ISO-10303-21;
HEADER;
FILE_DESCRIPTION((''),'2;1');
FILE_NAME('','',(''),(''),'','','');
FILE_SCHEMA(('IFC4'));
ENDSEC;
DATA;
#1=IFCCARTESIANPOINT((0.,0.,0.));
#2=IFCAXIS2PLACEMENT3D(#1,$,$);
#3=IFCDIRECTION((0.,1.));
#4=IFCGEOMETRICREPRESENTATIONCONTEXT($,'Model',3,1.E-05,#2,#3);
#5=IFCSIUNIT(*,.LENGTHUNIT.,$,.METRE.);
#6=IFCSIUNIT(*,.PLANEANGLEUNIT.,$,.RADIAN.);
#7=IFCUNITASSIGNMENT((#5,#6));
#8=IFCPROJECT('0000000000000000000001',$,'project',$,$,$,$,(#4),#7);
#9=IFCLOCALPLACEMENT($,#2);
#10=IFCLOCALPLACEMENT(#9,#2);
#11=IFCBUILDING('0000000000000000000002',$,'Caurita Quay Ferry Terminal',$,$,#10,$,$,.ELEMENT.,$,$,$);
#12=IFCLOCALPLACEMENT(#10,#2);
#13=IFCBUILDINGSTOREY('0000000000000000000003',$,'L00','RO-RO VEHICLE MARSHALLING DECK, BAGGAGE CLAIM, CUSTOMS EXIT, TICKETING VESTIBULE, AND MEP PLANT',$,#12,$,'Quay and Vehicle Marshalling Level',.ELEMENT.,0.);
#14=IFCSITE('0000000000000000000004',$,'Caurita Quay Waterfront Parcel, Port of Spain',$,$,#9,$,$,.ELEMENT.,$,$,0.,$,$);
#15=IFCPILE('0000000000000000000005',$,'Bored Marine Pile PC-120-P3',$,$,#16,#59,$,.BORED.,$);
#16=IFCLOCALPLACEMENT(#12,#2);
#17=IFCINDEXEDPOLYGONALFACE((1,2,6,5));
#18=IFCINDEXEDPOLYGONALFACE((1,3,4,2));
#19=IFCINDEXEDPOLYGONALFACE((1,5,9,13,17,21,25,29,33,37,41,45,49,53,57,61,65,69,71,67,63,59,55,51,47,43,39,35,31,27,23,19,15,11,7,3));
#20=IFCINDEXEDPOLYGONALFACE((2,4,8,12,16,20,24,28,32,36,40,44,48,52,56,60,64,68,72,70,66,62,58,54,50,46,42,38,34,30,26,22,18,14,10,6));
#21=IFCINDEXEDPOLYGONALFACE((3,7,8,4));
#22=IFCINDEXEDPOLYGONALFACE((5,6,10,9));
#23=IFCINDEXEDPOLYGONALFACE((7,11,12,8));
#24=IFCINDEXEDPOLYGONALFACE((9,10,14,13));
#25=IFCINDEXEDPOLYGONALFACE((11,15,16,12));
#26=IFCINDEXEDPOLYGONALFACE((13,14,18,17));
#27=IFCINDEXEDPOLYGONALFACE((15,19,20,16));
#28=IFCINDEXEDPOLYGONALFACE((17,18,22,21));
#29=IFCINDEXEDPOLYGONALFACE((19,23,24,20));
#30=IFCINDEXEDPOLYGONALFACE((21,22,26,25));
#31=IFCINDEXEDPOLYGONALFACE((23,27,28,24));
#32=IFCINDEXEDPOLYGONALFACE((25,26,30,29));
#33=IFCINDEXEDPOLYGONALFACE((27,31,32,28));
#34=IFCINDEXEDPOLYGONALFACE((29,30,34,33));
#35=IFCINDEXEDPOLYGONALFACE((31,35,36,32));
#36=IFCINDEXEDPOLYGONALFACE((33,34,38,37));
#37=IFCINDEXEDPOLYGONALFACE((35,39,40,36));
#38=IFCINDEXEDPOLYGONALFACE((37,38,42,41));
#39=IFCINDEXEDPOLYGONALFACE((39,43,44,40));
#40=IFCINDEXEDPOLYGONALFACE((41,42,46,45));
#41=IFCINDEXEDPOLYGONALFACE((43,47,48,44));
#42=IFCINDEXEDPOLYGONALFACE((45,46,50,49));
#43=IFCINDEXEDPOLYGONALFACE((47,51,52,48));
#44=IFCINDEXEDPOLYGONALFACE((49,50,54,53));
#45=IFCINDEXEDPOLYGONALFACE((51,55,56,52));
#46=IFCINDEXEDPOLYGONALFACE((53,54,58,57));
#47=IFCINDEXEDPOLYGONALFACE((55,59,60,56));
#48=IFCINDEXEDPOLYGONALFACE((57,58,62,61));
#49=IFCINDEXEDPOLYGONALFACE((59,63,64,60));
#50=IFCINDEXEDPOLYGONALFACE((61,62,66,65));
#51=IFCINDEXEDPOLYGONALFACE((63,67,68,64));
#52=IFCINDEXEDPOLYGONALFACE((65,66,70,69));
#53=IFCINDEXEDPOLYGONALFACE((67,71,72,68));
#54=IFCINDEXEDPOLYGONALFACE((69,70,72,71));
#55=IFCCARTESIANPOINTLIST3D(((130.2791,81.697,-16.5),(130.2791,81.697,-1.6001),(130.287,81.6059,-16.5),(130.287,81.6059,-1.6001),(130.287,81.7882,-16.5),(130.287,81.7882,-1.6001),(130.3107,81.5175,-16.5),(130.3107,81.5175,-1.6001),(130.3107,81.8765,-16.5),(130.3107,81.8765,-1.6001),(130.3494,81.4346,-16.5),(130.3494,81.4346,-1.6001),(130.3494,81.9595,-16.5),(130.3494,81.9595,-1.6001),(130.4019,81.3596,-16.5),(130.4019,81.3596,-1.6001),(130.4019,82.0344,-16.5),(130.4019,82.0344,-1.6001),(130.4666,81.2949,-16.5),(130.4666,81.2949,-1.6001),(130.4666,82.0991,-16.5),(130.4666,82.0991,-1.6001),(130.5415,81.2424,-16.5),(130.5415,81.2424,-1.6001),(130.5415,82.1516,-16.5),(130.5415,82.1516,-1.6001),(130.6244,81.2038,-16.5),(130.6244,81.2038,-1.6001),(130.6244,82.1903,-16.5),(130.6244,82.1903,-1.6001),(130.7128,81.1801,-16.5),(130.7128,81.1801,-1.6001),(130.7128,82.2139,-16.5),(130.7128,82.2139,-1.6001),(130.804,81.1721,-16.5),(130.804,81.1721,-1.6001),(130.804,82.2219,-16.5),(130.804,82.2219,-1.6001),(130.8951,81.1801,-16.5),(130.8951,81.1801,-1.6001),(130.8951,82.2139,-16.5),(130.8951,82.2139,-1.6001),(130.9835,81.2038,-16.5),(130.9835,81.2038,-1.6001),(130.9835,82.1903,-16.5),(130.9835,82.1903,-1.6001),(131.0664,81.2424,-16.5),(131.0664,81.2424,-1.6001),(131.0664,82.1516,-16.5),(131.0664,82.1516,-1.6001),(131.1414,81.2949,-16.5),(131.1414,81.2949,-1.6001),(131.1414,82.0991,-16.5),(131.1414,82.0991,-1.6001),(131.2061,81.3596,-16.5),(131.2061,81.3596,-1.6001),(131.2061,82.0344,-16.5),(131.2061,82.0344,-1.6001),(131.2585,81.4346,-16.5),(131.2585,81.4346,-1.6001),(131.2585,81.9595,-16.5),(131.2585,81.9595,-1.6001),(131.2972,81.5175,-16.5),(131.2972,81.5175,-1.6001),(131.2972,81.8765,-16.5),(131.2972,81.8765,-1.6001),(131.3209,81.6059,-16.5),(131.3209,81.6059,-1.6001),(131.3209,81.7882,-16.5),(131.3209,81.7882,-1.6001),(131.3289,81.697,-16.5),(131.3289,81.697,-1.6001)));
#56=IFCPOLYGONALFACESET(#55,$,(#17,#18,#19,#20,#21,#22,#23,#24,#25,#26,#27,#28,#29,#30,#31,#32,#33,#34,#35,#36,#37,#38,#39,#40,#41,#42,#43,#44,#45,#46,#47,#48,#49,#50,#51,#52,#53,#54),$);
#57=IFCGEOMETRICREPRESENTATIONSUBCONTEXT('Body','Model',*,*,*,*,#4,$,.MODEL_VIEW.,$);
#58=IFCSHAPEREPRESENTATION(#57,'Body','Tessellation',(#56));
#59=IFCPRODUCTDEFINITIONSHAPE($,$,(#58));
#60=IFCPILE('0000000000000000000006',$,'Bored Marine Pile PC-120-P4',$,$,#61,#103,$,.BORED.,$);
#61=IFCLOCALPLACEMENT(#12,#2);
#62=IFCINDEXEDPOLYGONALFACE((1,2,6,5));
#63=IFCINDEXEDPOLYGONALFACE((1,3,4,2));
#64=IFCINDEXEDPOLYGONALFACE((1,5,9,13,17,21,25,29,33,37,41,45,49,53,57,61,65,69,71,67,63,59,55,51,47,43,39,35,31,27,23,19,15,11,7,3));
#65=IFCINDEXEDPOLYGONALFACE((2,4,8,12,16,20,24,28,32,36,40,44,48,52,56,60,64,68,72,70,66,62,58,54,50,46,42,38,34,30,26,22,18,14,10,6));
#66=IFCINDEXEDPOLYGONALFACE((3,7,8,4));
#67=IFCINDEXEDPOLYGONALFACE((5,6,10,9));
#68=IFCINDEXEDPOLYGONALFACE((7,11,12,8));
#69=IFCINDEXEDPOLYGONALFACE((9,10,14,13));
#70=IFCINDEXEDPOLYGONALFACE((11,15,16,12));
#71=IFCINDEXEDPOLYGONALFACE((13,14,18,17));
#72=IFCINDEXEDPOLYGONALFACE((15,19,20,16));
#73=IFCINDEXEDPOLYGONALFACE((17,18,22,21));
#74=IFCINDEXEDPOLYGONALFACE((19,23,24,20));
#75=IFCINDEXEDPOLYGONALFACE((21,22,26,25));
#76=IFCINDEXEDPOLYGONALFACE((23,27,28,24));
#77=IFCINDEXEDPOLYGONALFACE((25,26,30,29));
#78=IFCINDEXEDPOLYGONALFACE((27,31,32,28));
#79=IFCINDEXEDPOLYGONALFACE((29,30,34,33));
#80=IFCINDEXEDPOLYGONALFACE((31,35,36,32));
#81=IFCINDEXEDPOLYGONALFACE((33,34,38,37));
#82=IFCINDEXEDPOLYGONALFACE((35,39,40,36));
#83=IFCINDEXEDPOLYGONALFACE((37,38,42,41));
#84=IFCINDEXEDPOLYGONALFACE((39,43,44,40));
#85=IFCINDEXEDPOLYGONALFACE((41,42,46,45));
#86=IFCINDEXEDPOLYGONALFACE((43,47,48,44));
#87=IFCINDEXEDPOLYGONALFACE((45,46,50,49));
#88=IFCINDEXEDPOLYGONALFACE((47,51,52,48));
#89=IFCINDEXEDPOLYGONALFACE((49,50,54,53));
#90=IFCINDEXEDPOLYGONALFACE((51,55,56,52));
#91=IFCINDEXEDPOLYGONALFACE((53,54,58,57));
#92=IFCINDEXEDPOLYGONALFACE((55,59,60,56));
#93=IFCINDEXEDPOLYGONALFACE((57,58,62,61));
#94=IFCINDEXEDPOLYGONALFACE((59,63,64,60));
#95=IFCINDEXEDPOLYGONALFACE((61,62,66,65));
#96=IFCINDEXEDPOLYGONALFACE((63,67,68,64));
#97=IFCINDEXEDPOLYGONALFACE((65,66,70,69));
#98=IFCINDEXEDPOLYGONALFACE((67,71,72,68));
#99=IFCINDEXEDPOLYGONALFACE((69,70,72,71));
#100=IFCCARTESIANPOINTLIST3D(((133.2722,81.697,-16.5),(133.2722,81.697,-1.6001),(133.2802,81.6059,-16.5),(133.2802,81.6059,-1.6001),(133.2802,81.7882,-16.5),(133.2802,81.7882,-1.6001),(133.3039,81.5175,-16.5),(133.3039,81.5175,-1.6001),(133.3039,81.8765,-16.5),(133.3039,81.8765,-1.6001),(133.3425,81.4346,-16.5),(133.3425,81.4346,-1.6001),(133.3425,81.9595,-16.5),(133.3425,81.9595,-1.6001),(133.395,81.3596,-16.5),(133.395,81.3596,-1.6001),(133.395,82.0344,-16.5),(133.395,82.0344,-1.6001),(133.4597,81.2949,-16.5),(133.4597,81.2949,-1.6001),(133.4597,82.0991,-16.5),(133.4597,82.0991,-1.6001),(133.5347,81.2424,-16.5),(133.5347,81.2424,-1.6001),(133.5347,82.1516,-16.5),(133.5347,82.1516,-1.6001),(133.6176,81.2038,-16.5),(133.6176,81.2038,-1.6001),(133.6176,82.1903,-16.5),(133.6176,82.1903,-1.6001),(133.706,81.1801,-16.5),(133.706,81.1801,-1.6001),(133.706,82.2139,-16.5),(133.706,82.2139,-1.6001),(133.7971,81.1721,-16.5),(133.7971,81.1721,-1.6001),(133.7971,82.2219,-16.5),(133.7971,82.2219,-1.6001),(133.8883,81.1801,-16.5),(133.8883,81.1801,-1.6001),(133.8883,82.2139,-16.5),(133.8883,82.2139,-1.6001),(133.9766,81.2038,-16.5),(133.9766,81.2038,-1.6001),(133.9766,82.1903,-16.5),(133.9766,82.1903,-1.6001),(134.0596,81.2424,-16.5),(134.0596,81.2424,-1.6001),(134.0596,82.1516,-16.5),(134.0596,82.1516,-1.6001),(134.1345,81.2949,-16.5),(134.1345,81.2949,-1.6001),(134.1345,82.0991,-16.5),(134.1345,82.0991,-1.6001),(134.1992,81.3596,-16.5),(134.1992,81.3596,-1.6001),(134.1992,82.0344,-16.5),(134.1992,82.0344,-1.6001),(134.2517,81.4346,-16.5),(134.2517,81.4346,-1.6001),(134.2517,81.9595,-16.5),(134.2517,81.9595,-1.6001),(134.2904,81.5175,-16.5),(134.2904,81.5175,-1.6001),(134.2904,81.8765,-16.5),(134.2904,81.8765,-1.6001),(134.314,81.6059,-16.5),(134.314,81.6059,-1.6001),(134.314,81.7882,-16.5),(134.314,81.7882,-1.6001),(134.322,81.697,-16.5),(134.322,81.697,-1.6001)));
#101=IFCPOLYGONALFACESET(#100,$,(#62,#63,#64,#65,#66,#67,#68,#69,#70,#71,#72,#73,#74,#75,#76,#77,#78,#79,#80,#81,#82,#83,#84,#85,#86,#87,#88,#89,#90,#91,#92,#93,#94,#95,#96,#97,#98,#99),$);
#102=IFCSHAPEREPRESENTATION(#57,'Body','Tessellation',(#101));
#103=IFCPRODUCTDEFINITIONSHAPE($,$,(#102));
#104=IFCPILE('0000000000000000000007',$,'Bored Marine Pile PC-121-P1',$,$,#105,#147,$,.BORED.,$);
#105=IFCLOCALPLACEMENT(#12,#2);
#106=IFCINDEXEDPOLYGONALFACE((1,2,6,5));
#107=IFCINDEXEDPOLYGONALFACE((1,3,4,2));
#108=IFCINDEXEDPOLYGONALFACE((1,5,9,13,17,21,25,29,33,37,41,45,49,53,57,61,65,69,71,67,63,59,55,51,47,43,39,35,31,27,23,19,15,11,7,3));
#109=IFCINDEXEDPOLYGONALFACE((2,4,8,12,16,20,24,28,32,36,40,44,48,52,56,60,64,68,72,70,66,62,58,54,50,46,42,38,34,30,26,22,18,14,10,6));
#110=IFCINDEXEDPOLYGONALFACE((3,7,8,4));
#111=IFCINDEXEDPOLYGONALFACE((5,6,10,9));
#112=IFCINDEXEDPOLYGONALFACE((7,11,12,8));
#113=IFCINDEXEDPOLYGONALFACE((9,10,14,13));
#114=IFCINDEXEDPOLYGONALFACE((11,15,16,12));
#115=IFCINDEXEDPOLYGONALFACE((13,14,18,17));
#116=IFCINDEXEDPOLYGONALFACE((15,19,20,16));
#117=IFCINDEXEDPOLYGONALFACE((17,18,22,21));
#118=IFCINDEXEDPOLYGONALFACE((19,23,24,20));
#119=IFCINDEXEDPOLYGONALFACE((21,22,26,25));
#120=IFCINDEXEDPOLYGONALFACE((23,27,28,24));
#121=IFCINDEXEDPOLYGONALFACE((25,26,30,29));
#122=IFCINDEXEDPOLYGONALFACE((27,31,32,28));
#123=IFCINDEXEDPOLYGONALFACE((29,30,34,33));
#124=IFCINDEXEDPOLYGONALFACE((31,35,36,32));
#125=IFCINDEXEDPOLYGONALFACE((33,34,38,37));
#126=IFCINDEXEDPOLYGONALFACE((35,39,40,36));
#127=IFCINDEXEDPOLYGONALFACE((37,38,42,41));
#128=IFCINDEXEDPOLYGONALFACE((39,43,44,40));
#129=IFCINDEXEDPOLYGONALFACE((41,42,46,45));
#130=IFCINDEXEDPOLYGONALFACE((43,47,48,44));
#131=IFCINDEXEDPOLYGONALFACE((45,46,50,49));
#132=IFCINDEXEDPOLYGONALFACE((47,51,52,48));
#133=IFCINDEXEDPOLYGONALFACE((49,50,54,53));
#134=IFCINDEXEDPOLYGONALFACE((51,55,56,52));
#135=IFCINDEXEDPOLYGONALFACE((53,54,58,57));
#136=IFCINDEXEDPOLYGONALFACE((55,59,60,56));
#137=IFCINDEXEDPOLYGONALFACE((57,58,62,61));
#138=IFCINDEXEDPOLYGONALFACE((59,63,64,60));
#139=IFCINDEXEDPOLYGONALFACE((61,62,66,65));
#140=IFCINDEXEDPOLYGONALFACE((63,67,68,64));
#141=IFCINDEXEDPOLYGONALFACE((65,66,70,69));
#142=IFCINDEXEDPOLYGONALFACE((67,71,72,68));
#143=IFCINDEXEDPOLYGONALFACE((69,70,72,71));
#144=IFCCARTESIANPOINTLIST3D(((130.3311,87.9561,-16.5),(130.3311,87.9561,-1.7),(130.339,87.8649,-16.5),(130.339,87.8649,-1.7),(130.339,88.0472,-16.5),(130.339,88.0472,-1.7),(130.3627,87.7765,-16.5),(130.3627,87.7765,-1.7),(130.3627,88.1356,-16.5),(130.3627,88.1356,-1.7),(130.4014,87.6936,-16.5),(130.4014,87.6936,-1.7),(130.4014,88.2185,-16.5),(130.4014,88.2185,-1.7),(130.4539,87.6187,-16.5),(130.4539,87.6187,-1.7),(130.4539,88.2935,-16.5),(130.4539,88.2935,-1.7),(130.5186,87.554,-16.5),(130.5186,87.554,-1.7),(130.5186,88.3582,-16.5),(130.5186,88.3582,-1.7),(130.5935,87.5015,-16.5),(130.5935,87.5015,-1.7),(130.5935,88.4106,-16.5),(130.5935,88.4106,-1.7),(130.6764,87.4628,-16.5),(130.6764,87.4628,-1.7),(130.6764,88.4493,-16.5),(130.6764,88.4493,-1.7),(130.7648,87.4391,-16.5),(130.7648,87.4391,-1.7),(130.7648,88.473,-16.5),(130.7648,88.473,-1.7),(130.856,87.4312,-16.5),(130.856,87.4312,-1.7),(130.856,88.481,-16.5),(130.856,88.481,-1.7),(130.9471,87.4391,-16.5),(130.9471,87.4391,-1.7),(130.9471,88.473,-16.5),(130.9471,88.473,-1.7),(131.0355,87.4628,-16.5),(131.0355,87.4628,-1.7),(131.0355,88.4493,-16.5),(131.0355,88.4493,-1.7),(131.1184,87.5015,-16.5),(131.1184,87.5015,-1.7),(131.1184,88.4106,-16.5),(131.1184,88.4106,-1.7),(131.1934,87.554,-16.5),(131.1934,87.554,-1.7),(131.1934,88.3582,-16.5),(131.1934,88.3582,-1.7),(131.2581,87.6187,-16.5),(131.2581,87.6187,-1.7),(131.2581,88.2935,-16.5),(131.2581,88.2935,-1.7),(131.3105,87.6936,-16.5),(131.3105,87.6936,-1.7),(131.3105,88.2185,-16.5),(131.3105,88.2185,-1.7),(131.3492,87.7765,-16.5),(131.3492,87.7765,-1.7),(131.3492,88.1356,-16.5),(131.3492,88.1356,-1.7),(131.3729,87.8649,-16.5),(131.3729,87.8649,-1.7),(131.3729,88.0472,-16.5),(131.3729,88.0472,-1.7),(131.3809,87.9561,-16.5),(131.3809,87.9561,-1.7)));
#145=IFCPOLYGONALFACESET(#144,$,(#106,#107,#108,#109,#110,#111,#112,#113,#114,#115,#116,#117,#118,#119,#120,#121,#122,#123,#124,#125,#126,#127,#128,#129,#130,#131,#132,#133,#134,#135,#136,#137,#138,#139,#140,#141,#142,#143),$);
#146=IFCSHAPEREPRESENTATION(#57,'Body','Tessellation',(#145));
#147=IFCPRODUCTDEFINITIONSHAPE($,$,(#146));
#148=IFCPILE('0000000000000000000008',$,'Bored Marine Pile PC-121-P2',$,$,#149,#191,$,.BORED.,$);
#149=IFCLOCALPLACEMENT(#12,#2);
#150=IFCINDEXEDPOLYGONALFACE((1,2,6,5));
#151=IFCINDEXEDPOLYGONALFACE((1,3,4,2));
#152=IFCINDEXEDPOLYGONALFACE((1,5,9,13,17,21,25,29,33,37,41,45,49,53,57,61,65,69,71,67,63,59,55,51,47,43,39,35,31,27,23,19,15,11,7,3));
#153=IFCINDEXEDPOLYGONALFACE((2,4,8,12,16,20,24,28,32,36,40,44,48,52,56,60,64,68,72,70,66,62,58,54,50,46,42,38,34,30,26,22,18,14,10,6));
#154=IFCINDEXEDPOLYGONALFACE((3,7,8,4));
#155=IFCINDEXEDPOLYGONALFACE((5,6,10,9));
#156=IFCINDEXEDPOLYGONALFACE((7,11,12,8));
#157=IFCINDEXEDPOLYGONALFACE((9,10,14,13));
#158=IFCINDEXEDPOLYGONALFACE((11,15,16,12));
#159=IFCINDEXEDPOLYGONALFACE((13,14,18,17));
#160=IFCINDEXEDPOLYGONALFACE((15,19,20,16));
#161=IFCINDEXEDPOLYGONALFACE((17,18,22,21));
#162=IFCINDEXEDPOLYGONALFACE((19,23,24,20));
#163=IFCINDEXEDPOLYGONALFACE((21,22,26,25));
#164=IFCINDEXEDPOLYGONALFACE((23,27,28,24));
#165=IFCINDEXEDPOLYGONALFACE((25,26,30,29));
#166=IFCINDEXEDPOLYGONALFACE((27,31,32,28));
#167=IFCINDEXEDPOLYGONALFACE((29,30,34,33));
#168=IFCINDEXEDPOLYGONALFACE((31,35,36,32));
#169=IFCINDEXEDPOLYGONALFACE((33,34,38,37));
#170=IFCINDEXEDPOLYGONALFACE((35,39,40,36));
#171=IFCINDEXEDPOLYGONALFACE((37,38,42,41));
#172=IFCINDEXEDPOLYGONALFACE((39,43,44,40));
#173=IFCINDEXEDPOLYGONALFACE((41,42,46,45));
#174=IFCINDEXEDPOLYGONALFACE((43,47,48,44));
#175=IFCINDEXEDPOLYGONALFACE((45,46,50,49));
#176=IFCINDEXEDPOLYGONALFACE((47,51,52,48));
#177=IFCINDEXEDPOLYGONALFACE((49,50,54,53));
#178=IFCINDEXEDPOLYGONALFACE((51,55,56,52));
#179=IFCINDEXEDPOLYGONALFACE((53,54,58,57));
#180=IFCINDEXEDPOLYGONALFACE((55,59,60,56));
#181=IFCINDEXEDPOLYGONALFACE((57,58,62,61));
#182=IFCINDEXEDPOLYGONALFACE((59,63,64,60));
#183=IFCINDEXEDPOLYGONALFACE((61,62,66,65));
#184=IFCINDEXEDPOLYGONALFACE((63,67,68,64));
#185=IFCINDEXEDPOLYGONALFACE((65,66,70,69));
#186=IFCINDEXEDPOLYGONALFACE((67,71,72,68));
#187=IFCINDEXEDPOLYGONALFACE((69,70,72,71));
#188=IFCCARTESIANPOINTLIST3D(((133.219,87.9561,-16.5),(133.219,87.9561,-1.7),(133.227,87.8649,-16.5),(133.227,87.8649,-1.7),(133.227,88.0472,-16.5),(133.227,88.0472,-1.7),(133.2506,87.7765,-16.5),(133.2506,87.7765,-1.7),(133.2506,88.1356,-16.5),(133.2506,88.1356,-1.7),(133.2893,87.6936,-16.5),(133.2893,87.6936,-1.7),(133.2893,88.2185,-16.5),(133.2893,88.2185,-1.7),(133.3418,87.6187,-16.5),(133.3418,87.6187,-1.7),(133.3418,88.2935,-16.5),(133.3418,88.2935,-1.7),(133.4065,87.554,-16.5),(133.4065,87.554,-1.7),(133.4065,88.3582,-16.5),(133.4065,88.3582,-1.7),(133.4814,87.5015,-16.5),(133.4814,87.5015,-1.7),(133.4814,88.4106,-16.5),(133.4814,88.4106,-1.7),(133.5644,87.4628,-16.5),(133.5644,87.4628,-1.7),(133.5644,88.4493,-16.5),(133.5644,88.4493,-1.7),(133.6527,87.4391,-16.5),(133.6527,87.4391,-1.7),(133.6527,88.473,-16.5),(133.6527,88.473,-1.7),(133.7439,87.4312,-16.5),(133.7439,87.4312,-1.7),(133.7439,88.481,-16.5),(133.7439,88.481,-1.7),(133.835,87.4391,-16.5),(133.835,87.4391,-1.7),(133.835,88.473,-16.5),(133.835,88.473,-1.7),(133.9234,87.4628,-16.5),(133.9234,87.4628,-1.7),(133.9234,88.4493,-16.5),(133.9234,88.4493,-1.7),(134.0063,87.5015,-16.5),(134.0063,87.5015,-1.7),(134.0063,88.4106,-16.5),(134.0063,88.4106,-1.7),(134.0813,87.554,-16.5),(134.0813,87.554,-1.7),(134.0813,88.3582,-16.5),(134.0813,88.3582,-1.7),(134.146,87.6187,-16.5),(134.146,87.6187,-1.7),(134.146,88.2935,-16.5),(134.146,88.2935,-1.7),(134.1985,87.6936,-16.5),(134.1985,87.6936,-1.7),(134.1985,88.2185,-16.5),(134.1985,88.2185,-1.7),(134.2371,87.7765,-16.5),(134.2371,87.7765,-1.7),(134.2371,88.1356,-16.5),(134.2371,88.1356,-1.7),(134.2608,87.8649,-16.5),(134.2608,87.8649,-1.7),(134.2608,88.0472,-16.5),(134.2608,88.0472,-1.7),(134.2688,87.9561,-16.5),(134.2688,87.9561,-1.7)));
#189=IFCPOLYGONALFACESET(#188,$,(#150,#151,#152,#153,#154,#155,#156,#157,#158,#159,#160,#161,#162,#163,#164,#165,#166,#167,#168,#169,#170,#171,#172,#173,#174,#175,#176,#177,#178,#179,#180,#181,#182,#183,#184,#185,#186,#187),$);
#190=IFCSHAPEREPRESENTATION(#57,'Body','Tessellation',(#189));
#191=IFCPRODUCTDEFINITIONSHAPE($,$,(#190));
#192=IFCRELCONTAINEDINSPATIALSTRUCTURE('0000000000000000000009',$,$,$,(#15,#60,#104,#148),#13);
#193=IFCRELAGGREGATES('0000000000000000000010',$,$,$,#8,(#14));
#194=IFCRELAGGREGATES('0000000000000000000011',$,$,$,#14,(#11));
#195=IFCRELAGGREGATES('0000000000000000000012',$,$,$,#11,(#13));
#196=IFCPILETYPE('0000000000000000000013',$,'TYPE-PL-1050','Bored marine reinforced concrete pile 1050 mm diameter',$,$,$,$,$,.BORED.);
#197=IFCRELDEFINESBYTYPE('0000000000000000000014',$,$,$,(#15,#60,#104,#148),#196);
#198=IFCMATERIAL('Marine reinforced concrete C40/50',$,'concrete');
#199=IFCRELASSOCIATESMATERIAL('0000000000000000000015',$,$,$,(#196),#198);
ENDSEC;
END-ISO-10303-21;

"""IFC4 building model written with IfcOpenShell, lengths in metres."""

from ifc_helpers import new_model, si_unit, direction, frame, origin, origin_2d, place, context, subcontext, project, spatial, circle, extrude, material, material_profile, profile_set, type_object, element, save


model = new_model("IFC4")

# Units and contexts
model_context = context("Model", 3, precision=1e-05, world=origin(), true_north=direction((0.0, 1.0)))
body_context = subcontext(model_context, "Body", "Model", "MODEL_VIEW")
ifc_project = project(units=[si_unit("LENGTHUNIT", "METRE"), si_unit("PLANEANGLEUNIT", "RADIAN")], contexts=[model_context])

# Site, building, storey
site_placement = place(None, origin())
site = spatial("IfcSite", under=ifc_project, at=site_placement, Name="Caurita Quay Waterfront Parcel, Port of Spain", CompositionType="ELEMENT", RefElevation=0.0)
building_placement = place(site_placement, origin())
building = spatial("IfcBuilding", under=site, at=building_placement, Name="Caurita Quay Ferry Terminal", CompositionType="ELEMENT")
storey_placement = place(building_placement, origin())
storey = spatial("IfcBuildingStorey", under=building, at=storey_placement, Name="L00", Description="RO-RO VEHICLE MARSHALLING DECK, BAGGAGE CLAIM, CUSTOMS EXIT, TICKETING VESTIBULE, AND MEP PLANT", LongName="Quay and Vehicle Marshalling Level", CompositionType="ELEMENT", Elevation=0.0)

# Piles
ifc_material_1 = material(Name="Marine reinforced concrete C40/50", Category="concrete")
ifc_material_profile_1 = material_profile(ifc_material_1, circle(Radius=0.5249, at=origin_2d()), Name="PILE-D1050")
ifc_profile_set_1 = profile_set([ifc_material_profile_1], Name="Marine reinforced concrete C40/50")
pile_type_1 = type_object("IfcPileType", Name="TYPE-PL-1050", Description="Bored marine reinforced concrete pile 1050 mm diameter", PredefinedType="BORED", material=ifc_profile_set_1)
for number, where, z_axis, x_axis, name in (
    (1, (130.804, 81.697, -1.6001), (0.0, 0.0, -1.0), (1.0, 0.0, 0.0), "Bored Marine Pile PC-120-P3"),
    (2, (133.7971, 81.697, -1.6001), (0.0, 0.0, -1.0), (1.0, 0.0, 0.0), "Bored Marine Pile PC-120-P4"),
):
    element("IfcPile", number, at=place(storey_placement, frame(where, z_axis=z_axis, x_axis=x_axis)), inside=storey, type_object=pile_type_1, Name=name, PredefinedType="BORED", context=body_context, shape_type="SweptSolid", body=[
        extrude(circle(Radius=0.5249, at=origin_2d()), origin(), (0.0, 0.0, 1.0), 14.8999),
    ])
for number, where, z_axis, x_axis, name in (
    (3, (130.856, 87.9561, -1.7), (0.0, 0.0, -1.0), (1.0, 0.0, 0.0), "Bored Marine Pile PC-121-P1"),
    (4, (133.7439, 87.9561, -1.7), (0.0, 0.0, -1.0), (1.0, 0.0, 0.0), "Bored Marine Pile PC-121-P2"),
):
    element("IfcPile", number, at=place(storey_placement, frame(where, z_axis=z_axis, x_axis=x_axis)), inside=storey, type_object=pile_type_1, Name=name, PredefinedType="BORED", context=body_context, shape_type="SweptSolid", body=[
        extrude(circle(Radius=0.5249, at=origin_2d()), origin(), (0.0, 0.0, 1.0), 14.8),
    ])

save(model, "model.ifc")
